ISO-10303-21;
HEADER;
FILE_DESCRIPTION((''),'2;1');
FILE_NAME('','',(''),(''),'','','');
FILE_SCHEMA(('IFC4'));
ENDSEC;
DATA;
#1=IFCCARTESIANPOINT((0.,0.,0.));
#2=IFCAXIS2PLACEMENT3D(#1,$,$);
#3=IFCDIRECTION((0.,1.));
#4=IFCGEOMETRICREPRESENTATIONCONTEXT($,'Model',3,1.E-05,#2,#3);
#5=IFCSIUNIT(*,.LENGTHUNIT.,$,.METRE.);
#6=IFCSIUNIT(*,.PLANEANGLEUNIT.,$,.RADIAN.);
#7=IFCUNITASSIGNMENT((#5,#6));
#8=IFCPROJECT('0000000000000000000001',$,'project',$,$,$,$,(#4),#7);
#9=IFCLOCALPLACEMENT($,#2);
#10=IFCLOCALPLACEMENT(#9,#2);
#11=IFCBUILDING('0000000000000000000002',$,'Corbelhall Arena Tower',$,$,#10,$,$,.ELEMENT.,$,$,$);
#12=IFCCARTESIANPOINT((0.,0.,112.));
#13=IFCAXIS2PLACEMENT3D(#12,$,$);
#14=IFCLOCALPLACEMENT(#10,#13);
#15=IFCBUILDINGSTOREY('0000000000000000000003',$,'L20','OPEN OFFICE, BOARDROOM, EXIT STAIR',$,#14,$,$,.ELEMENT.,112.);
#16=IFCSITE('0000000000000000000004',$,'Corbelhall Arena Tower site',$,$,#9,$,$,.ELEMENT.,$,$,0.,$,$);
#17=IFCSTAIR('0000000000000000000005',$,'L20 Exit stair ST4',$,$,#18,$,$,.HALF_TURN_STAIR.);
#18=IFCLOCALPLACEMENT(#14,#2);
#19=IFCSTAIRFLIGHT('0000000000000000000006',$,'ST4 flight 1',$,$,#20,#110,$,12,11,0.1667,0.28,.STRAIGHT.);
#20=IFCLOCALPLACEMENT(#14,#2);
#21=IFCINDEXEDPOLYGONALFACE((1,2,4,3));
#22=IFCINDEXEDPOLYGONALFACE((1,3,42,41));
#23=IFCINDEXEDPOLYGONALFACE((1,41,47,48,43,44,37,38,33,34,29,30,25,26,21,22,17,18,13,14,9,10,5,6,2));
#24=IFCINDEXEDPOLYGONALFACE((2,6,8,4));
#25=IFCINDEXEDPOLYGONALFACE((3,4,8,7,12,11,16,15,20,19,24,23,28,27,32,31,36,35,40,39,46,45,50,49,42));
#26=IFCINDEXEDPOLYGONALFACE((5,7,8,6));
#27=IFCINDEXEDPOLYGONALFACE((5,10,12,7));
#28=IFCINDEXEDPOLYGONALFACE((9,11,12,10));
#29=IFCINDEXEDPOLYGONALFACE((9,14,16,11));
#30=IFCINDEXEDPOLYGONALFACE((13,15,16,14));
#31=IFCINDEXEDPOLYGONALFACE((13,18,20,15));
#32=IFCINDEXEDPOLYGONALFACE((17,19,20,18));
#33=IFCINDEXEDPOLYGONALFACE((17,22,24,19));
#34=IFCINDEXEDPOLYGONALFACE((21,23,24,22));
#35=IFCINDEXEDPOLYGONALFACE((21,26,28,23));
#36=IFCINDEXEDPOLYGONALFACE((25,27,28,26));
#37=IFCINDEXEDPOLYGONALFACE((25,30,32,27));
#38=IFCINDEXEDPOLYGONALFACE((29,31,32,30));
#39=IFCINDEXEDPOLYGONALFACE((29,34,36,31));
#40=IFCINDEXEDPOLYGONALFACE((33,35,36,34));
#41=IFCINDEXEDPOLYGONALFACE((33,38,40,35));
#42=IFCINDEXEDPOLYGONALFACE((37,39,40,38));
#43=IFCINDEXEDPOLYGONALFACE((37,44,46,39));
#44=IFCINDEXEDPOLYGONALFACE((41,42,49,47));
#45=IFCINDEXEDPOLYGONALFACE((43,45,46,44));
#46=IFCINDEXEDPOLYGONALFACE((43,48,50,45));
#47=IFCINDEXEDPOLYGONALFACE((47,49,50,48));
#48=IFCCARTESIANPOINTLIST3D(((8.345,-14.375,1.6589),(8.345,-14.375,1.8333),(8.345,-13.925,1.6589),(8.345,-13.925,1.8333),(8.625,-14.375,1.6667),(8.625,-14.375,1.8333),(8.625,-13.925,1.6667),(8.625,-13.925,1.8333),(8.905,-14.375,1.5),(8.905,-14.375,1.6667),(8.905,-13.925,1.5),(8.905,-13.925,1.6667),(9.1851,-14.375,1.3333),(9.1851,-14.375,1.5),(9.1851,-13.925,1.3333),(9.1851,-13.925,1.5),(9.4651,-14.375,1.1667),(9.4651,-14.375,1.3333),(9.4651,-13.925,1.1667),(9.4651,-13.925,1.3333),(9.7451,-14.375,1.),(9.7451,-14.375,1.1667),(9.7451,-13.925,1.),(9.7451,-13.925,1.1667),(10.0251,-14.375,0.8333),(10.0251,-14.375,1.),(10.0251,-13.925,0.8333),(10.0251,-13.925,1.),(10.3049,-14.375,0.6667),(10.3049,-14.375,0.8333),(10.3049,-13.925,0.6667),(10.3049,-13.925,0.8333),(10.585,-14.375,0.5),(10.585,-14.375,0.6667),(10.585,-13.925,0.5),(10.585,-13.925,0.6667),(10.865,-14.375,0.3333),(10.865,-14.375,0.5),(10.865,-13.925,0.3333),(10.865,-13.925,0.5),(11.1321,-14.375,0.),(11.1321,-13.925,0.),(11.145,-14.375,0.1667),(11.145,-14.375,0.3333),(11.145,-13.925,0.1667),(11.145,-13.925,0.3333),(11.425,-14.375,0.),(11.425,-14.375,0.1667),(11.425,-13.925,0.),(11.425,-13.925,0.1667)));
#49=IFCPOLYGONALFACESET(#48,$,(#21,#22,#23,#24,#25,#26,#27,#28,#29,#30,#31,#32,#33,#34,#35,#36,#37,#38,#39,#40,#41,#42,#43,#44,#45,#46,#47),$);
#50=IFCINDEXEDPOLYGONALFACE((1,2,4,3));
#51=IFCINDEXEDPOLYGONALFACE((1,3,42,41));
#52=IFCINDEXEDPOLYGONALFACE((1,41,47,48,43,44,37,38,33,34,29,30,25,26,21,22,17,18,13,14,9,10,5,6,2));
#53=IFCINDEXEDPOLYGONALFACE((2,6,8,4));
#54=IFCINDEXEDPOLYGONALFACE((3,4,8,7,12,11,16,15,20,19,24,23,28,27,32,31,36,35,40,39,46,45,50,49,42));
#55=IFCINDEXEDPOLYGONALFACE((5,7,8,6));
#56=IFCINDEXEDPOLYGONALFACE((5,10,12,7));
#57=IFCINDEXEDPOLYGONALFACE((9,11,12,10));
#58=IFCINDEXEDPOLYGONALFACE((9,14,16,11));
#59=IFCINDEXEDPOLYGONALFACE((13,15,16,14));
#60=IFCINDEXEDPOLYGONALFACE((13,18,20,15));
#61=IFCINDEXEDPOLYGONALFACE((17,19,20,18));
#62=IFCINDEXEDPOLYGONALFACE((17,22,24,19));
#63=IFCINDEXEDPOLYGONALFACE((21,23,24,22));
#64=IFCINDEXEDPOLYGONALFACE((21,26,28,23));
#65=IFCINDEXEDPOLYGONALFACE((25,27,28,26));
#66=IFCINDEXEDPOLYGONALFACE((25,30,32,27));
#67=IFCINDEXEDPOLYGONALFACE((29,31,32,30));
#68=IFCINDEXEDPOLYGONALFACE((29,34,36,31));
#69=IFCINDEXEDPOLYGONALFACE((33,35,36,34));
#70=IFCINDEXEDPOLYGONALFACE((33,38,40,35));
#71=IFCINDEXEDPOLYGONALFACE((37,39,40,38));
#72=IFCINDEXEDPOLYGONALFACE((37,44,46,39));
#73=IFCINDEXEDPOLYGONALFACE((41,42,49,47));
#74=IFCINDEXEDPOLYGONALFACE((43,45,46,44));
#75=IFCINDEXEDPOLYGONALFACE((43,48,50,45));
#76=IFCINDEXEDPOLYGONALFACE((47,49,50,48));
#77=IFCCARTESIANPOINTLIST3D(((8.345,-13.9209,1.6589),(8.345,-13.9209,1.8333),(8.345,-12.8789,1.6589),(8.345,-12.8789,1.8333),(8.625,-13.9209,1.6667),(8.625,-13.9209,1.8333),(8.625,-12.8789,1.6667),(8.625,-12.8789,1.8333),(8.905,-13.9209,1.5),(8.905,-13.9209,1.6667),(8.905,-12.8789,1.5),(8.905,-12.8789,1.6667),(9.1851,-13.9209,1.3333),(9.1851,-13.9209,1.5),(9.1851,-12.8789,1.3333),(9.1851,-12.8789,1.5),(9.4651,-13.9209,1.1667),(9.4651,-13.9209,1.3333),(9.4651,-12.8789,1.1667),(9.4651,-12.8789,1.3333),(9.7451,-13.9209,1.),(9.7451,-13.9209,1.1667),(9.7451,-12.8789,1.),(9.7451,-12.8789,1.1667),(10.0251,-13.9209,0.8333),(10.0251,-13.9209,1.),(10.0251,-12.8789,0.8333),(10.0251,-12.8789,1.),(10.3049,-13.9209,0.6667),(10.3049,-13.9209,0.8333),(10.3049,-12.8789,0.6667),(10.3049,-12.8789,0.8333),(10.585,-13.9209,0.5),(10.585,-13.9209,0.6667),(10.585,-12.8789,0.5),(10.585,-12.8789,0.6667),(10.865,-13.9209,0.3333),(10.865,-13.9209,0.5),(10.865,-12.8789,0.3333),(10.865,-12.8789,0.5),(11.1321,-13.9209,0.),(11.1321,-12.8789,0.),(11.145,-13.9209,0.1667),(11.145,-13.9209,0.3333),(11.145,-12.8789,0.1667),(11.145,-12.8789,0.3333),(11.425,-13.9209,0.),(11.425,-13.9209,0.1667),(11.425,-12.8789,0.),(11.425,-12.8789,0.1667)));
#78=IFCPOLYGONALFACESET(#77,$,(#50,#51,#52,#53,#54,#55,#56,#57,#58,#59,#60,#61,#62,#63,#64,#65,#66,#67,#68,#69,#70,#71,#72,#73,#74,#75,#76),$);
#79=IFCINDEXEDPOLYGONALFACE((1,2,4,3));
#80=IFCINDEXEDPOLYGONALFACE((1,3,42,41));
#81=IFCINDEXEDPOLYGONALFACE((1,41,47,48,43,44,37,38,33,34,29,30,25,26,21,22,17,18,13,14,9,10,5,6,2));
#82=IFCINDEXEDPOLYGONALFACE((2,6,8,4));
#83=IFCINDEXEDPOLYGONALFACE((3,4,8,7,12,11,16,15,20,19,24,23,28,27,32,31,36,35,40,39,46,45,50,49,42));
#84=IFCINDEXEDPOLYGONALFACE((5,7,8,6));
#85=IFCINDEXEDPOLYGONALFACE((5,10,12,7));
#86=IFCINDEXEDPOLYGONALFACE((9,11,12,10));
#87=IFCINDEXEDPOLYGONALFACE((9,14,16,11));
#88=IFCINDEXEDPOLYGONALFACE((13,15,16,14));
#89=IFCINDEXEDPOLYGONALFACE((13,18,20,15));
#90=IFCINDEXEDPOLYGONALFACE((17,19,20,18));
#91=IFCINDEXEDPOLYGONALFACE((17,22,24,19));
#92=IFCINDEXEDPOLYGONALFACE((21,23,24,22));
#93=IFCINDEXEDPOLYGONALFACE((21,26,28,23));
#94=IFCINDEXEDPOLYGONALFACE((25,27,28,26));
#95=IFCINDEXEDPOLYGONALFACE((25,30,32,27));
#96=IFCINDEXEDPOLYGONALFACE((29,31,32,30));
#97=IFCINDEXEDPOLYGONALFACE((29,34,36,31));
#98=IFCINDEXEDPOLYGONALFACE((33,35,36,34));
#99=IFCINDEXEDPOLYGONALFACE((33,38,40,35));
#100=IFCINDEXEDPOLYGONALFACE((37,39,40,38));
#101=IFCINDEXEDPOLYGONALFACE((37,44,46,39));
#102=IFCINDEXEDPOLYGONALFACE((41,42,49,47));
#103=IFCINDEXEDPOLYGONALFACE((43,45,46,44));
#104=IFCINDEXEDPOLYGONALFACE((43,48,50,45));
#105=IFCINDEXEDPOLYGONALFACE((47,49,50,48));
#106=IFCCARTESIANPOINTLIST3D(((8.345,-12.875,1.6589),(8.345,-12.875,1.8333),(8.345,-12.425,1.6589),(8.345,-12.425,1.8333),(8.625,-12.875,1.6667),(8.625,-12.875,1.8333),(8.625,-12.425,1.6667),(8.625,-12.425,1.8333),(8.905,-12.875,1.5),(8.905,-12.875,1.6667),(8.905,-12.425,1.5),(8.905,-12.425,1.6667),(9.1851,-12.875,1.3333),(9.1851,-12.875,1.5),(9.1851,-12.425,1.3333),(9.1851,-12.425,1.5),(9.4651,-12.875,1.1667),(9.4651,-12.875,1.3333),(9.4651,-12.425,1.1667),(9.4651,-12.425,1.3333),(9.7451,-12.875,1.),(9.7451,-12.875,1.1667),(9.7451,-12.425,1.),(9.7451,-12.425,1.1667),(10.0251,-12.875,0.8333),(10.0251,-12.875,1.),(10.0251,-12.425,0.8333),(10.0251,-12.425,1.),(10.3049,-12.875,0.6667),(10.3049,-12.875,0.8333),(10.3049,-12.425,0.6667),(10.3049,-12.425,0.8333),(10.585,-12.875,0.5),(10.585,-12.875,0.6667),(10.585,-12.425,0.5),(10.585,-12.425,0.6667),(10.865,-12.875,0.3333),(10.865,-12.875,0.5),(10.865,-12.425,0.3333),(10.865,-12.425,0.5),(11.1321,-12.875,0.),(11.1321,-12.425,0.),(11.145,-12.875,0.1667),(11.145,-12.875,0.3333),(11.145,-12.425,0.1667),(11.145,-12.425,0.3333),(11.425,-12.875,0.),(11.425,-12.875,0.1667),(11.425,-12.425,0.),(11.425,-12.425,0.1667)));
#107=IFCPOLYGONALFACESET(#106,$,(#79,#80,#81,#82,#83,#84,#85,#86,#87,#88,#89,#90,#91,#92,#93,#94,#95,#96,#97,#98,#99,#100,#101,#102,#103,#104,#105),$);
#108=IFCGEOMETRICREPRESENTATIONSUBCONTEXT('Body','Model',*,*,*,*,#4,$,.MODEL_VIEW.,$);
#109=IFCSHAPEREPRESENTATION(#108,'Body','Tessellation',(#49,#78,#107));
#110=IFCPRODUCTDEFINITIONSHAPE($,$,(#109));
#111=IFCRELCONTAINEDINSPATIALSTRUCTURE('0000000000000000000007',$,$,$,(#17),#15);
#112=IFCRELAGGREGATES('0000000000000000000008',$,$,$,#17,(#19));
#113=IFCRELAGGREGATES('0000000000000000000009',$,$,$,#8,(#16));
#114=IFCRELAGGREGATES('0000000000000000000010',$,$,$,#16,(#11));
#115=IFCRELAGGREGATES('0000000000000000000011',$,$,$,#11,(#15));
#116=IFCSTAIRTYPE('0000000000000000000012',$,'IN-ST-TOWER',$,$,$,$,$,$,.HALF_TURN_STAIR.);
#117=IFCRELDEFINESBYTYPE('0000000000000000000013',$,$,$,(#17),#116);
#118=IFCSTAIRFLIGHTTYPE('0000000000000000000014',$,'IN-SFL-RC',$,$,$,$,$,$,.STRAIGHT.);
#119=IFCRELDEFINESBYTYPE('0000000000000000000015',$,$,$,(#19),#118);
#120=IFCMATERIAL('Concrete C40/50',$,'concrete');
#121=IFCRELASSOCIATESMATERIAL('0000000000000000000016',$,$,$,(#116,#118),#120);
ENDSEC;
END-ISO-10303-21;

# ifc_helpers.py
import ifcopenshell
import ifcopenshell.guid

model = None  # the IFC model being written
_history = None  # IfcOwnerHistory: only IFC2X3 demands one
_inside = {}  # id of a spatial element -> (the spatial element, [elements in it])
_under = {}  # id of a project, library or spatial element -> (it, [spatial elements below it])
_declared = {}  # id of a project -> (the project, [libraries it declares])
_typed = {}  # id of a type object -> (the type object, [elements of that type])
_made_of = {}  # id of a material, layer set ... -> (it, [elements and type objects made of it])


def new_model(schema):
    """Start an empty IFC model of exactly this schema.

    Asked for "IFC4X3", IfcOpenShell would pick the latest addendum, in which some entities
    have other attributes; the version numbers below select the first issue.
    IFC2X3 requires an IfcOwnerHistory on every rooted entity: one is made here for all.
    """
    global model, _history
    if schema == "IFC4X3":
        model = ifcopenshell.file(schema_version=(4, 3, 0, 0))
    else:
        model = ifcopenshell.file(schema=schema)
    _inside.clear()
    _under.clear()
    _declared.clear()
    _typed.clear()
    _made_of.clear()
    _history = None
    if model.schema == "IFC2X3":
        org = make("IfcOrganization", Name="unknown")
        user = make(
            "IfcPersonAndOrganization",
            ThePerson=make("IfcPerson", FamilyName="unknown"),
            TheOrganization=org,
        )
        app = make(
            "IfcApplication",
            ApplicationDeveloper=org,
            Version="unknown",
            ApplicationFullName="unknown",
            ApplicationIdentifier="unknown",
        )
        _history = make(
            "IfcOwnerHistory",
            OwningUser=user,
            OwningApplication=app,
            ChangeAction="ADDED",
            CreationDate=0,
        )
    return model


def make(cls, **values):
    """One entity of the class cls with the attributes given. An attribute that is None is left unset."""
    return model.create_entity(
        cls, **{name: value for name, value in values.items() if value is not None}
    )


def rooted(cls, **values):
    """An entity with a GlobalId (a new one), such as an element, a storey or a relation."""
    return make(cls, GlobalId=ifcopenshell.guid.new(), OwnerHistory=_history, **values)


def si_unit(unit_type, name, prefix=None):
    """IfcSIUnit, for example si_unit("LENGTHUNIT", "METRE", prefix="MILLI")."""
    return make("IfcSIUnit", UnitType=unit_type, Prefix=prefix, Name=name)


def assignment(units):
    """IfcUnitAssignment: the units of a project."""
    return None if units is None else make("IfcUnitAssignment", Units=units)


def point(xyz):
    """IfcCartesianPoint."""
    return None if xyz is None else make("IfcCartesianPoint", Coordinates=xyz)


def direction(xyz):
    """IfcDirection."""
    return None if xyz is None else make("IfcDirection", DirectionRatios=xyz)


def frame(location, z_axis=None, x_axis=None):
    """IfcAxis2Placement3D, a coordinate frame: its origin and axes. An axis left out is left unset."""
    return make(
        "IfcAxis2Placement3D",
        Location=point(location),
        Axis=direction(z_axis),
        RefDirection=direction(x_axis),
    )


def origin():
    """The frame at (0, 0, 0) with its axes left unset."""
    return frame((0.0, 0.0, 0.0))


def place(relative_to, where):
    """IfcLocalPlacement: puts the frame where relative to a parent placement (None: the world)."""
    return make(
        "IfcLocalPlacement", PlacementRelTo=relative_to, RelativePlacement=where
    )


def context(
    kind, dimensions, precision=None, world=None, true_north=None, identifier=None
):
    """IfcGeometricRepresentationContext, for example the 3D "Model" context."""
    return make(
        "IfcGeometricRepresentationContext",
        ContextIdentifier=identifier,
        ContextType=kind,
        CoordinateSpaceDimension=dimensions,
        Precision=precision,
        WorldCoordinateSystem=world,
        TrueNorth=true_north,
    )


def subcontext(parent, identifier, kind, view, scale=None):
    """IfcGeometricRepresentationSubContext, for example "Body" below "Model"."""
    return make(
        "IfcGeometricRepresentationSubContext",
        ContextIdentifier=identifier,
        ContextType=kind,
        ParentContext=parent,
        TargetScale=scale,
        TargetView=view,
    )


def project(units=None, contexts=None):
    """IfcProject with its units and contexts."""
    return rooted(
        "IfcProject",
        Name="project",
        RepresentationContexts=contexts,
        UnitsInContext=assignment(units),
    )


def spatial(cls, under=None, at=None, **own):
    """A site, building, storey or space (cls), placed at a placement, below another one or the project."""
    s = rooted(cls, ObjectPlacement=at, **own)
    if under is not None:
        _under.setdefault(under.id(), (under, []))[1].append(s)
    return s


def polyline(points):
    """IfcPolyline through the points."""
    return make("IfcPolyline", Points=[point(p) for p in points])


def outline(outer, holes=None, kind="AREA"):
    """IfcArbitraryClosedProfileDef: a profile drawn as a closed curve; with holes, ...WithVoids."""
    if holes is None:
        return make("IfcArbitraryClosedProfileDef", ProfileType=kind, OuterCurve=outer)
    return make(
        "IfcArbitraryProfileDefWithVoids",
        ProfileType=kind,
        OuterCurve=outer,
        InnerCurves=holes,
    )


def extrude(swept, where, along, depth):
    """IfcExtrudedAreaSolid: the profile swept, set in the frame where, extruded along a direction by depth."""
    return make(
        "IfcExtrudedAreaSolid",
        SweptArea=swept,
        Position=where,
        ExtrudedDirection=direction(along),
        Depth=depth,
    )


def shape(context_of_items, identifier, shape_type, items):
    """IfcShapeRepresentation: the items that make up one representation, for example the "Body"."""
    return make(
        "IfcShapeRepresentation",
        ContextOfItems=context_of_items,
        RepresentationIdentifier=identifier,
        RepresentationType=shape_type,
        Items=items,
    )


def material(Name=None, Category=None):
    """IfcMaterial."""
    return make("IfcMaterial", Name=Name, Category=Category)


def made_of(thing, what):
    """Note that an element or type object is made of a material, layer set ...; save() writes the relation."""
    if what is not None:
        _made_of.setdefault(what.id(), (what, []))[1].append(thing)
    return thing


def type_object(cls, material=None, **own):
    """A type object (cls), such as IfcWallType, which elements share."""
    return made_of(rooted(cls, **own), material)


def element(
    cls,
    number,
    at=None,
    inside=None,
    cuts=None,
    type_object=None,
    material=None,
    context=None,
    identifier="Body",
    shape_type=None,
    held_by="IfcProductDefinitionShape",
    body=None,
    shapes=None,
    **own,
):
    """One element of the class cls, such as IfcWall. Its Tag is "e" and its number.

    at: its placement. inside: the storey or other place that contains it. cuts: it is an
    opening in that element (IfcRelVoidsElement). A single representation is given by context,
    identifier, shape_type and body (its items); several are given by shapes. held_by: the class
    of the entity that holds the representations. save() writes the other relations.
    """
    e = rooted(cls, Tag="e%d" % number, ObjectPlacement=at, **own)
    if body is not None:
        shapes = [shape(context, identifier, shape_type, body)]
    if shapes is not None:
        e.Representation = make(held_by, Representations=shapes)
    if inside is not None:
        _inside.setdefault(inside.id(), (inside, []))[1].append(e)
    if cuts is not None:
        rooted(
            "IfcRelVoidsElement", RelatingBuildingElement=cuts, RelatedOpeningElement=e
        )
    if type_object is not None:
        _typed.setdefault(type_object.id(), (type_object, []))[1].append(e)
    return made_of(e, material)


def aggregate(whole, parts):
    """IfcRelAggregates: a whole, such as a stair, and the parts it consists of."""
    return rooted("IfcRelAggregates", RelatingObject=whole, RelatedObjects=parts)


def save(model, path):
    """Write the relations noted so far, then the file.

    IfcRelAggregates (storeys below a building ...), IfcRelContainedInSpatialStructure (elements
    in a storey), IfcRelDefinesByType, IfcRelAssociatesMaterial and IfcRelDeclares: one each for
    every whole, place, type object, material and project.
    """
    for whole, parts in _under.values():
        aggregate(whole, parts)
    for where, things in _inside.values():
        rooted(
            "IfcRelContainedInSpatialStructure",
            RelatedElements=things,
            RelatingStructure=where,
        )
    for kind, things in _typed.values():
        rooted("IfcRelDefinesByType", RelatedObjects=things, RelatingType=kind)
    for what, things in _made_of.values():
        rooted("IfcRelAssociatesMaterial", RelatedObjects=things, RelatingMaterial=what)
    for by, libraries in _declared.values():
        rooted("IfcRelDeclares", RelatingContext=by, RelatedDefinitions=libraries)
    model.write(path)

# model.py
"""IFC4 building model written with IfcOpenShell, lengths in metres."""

from ifc_helpers import new_model, si_unit, direction, frame, origin, place, context, subcontext, project, spatial, polyline, outline, extrude, material, type_object, element, aggregate, save


model = new_model("IFC4")

# Units and contexts
model_context = context("Model", 3, precision=1e-05, world=origin(), true_north=direction((0.0, 1.0)))
body_context = subcontext(model_context, "Body", "Model", "MODEL_VIEW")
ifc_project = project(units=[si_unit("LENGTHUNIT", "METRE"), si_unit("PLANEANGLEUNIT", "RADIAN")], contexts=[model_context])

# Site, building, storey
site_placement = place(None, origin())
site = spatial("IfcSite", under=ifc_project, at=site_placement, Name="Corbelhall Arena Tower site", CompositionType="ELEMENT", RefElevation=0.0)
building_placement = place(site_placement, origin())
building = spatial("IfcBuilding", under=site, at=building_placement, Name="Corbelhall Arena Tower", CompositionType="ELEMENT")
storey_placement = place(building_placement, frame((0.0, 0.0, 112.0)))
storey = spatial("IfcBuildingStorey", under=building, at=storey_placement, Name="L20", Description="OPEN OFFICE, BOARDROOM, EXIT STAIR", CompositionType="ELEMENT", Elevation=112.0)

# Shared definitions
ifc_material_1 = material(Name="Concrete C40/50", Category="concrete")

# Stair, stair flight
stair_type = type_object("IfcStairType", Name="IN-ST-TOWER", PredefinedType="HALF_TURN_STAIR", material=ifc_material_1)
stair_placement = place(storey_placement, origin())
stair = element("IfcStair", 1, at=stair_placement, inside=storey, type_object=stair_type, Name="L20 Exit stair ST4", PredefinedType="HALF_TURN_STAIR")
stair_flight_type = type_object("IfcStairFlightType", Name="IN-SFL-RC", PredefinedType="STRAIGHT", material=ifc_material_1)
stair_flight_1_placement = place(storey_placement, frame((11.425, -13.3999, 0.0), z_axis=(0.0, 0.0, 1.0), x_axis=(-1.0, 0.0, 0.0)))
stair_flight_1 = element("IfcStairFlight", 2, at=stair_flight_1_placement, type_object=stair_flight_type, Name="ST4 flight 1", NumberOfRisers=12, NumberOfTreads=11, PredefinedType="STRAIGHT", RiserHeight=0.1667, TreadLength=0.28, context=body_context, shape_type="SweptSolid", body=[
    extrude(outline(polyline([(0.0, 0.0), (0.0, 0.1667), (0.28, 0.1667), (0.28, 0.3333), (0.5601, 0.3333), (0.5601, 0.5), (0.8401, 0.5), (0.8401, 0.6667), (1.1201, 0.6667), (1.1201, 0.8333), (1.3999, 0.8333), (1.3999, 1.0), (1.6799, 1.0), (1.6799, 1.1667), (1.96, 1.1667), (1.96, 1.3333), (2.24, 1.3333), (2.24, 1.5), (2.52, 1.5), (2.52, 1.6667), (2.8, 1.6667), (2.8, 1.8333), (3.0801, 1.8333), (3.0801, 2.0), (3.0801, 1.6589), (0.293, 0.0), (0.0, 0.0)])), frame((0.0, 0.9751, 0.0), z_axis=(0.0, -1.0, 0.0), x_axis=(1.0, 0.0, 0.0)), (0.0, 0.0, 1.0), 0.45),
    extrude(outline(polyline([(0.0, 0.0), (0.0, 0.1667), (0.28, 0.1667), (0.28, 0.3333), (0.5601, 0.3333), (0.5601, 0.5), (0.8401, 0.5), (0.8401, 0.6667), (1.1201, 0.6667), (1.1201, 0.8333), (1.3999, 0.8333), (1.3999, 1.0), (1.6799, 1.0), (1.6799, 1.1667), (1.96, 1.1667), (1.96, 1.3333), (2.24, 1.3333), (2.24, 1.5), (2.52, 1.5), (2.52, 1.6667), (2.8, 1.6667), (2.8, 1.8333), (3.0801, 1.8333), (3.0801, 2.0), (3.0801, 1.6589), (0.293, 0.0), (0.0, 0.0)])), frame((0.0, 0.521, 0.0), z_axis=(0.0, -1.0, 0.0), x_axis=(1.0, 0.0, 0.0)), (0.0, 0.0, 1.0), 1.042),
    extrude(outline(polyline([(0.0, 0.0), (0.0, 0.1667), (0.28, 0.1667), (0.28, 0.3333), (0.5601, 0.3333), (0.5601, 0.5), (0.8401, 0.5), (0.8401, 0.6667), (1.1201, 0.6667), (1.1201, 0.8333), (1.3999, 0.8333), (1.3999, 1.0), (1.6799, 1.0), (1.6799, 1.1667), (1.96, 1.1667), (1.96, 1.3333), (2.24, 1.3333), (2.24, 1.5), (2.52, 1.5), (2.52, 1.6667), (2.8, 1.6667), (2.8, 1.8333), (3.0801, 1.8333), (3.0801, 2.0), (3.0801, 1.6589), (0.293, 0.0), (0.0, 0.0)])), frame((0.0, -0.5249, 0.0), z_axis=(0.0, -1.0, 0.0), x_axis=(1.0, 0.0, 0.0)), (0.0, 0.0, 1.0), 0.45),
])
aggregate(stair, [stair_flight_1])

save(model, "model.ifc")
